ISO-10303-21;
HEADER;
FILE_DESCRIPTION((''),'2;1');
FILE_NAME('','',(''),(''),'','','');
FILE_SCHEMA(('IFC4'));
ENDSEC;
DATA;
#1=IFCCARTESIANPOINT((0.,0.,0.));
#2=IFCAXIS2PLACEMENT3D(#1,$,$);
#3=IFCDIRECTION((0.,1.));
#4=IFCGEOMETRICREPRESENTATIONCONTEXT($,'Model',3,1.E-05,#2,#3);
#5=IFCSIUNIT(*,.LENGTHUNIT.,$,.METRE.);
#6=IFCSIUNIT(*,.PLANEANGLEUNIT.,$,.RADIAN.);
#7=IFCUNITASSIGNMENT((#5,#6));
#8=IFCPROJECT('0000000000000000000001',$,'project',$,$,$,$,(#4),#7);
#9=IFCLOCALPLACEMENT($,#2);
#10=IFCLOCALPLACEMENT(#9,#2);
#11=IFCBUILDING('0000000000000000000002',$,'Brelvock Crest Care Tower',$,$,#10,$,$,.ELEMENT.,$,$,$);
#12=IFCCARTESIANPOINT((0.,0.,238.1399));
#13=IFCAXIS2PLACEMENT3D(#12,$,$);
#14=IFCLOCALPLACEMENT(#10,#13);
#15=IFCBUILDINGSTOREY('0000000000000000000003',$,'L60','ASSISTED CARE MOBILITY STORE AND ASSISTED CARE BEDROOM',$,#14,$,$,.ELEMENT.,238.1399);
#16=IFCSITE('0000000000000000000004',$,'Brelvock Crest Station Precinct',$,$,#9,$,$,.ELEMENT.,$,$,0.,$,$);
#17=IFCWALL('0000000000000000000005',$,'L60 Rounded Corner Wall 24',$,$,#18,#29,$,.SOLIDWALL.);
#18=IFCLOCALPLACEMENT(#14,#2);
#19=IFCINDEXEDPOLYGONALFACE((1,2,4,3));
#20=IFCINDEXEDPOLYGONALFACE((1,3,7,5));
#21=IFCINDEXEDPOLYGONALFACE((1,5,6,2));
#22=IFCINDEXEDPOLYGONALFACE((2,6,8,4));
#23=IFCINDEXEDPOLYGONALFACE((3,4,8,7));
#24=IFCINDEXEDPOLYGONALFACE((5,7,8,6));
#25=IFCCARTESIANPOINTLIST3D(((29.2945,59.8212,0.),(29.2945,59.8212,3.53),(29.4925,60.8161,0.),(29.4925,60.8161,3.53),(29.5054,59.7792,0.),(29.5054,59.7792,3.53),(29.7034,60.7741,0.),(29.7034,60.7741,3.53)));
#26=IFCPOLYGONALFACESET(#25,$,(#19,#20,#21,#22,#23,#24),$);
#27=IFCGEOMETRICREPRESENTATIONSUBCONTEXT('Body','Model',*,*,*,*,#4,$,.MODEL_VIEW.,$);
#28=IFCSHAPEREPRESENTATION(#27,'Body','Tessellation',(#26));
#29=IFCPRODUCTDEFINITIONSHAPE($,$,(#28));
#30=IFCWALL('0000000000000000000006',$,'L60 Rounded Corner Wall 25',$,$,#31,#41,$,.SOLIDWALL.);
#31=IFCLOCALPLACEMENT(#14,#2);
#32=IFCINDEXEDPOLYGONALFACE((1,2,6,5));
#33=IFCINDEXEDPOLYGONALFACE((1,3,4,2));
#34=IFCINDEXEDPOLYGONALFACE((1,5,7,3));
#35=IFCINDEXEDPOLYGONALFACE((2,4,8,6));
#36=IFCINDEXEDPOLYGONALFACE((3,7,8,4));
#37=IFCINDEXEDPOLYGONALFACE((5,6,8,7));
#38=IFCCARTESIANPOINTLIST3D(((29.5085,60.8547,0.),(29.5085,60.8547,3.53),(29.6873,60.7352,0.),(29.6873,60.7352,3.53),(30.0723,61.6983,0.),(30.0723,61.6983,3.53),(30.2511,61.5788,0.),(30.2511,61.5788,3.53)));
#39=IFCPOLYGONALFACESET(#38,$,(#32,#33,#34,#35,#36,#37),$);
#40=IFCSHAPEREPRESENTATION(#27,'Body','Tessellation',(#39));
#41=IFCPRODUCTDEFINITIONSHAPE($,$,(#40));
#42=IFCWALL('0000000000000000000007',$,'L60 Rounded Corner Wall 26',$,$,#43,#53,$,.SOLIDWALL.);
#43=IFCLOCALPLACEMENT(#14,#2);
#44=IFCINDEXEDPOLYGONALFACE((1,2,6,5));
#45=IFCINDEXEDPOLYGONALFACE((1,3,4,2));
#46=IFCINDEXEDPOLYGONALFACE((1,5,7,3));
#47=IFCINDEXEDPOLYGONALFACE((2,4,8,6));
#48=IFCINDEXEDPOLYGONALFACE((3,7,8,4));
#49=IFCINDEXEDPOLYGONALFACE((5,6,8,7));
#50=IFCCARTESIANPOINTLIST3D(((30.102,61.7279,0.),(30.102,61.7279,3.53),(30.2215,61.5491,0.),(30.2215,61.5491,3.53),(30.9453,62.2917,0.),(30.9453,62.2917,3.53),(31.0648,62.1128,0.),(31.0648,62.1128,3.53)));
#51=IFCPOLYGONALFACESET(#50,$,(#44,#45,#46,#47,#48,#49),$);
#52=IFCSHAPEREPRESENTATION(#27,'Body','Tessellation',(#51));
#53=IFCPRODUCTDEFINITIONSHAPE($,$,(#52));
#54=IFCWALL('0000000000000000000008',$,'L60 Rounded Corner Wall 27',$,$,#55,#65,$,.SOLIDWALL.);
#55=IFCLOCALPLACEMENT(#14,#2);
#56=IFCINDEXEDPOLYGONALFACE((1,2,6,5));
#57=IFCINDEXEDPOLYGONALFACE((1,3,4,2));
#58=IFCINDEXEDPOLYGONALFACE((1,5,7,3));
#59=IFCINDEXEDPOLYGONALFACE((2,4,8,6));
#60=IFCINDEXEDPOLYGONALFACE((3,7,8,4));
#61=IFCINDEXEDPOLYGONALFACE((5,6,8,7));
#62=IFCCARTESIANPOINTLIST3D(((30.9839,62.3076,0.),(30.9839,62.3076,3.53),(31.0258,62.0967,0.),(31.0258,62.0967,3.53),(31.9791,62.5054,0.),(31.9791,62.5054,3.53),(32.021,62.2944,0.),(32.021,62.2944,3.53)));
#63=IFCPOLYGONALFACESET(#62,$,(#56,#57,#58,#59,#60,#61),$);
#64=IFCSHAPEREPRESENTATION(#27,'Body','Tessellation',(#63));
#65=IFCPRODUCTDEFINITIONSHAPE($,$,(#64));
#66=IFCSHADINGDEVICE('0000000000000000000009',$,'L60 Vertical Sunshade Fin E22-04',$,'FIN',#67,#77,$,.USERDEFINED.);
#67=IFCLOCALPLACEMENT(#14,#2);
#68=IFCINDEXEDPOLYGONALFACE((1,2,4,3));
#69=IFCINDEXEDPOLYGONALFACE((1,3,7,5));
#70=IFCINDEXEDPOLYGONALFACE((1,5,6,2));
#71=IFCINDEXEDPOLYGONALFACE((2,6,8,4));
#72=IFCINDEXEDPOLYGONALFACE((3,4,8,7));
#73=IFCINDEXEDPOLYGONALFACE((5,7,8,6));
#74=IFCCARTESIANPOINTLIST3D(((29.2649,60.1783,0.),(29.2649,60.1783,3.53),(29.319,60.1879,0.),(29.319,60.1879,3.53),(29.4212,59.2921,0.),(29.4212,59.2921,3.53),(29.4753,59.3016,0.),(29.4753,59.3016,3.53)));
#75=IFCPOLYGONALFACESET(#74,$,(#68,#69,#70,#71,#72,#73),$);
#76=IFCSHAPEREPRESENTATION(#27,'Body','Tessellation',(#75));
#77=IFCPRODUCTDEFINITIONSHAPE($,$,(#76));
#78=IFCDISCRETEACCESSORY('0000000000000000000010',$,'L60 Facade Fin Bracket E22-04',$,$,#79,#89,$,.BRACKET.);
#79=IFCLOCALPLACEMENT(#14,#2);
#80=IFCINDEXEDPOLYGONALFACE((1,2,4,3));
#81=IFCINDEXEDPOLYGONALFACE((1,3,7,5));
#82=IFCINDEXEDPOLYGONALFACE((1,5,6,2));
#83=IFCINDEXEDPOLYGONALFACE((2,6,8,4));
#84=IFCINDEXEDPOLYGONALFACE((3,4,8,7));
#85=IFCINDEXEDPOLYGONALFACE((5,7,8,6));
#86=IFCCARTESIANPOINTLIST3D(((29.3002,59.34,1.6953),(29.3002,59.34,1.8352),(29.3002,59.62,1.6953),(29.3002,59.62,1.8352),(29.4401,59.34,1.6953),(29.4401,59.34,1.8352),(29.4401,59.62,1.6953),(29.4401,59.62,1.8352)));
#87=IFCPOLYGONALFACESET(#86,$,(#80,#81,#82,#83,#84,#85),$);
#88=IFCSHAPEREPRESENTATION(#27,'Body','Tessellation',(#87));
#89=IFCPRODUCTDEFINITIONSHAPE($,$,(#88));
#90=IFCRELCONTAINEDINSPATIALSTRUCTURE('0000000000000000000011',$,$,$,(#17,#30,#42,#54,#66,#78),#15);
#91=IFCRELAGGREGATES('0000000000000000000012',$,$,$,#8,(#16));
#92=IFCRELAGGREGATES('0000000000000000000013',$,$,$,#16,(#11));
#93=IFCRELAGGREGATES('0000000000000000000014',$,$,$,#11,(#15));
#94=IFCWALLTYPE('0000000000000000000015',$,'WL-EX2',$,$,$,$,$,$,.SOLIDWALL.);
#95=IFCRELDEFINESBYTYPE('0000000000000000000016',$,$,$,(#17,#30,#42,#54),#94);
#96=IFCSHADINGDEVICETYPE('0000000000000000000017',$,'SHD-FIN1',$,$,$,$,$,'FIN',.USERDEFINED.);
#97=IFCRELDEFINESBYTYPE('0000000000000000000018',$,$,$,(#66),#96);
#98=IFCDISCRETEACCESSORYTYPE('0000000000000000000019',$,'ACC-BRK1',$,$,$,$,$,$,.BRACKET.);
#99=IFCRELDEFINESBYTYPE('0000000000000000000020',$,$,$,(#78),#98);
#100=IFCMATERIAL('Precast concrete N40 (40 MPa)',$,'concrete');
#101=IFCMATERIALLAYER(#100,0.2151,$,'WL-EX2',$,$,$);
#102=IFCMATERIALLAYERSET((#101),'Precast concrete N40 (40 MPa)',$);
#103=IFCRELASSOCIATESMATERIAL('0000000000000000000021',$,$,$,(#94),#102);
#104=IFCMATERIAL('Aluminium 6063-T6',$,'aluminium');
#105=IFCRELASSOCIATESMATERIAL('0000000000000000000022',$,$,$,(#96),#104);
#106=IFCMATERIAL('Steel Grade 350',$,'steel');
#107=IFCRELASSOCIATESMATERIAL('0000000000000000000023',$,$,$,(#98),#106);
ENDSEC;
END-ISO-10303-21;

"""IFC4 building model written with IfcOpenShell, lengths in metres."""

from ifc_helpers import new_model, si_unit, direction, frame, frame_2d, origin, origin_2d, place, context, subcontext, project, spatial, rectangle, extrude, source, transform, mapped, material, layer, layer_set, material_profile, profile_set, type_object, element, save


model = new_model("IFC4")

# Units and contexts
model_context = context("Model", 3, precision=1e-05, world=origin(), true_north=direction((0.0, 1.0)))
body_context = subcontext(model_context, "Body", "Model", "MODEL_VIEW")
ifc_project = project(units=[si_unit("LENGTHUNIT", "METRE"), si_unit("PLANEANGLEUNIT", "RADIAN")], contexts=[model_context])

# Site, building, storey
site_placement = place(None, origin())
site = spatial("IfcSite", under=ifc_project, at=site_placement, Name="Brelvock Crest Station Precinct", CompositionType="ELEMENT", RefElevation=0.0)
building_placement = place(site_placement, origin())
building = spatial("IfcBuilding", under=site, at=building_placement, Name="Brelvock Crest Care Tower", CompositionType="ELEMENT")
storey_placement = place(building_placement, frame((0.0, 0.0, 238.1399)))
storey = spatial("IfcBuildingStorey", under=building, at=storey_placement, Name="L60", Description="ASSISTED CARE MOBILITY STORE AND ASSISTED CARE BEDROOM", CompositionType="ELEMENT", Elevation=238.1399)

# Shared definitions
ifc_material_1 = material(Name="Steel Grade 350", Category="steel")

# Shared definitions
ifc_material_2 = material(Name="Aluminium 6063-T6", Category="aluminium")

# Walls
ifc_material_3 = material(Name="Precast concrete N40 (40 MPa)", Category="concrete")
ifc_layer_1 = layer(ifc_material_3, 0.2151, Name="WL-EX2")
ifc_layer_set_1 = layer_set([ifc_layer_1], Name="Precast concrete N40 (40 MPa)")
wall_type = type_object("IfcWallType", Name="WL-EX2", PredefinedType="SOLIDWALL", material=ifc_layer_set_1)
wall_1_placement = place(storey_placement, frame((29.3999, 59.8, 0.0), z_axis=(0.0, 0.0, 1.0), x_axis=(0.19519, 0.980765, 0.0)))
element("IfcWall", 1, at=wall_1_placement, inside=storey, type_object=wall_type, Name="L60 Rounded Corner Wall 24", PredefinedType="SOLIDWALL", context=body_context, shape_type="SweptSolid", body=[
    extrude(rectangle(XDim=1.0144, YDim=0.2151, at=frame_2d((0.5073, 0.0))), origin(), (0.0, 0.0, 1.0), 3.53),
])
wall_2_placement = place(storey_placement, frame((29.5979, 60.7949, 0.0), z_axis=(0.0, 0.0, 1.0), x_axis=(0.555644, 0.83142, 0.0)))
element("IfcWall", 2, at=wall_2_placement, inside=storey, type_object=wall_type, Name="L60 Rounded Corner Wall 25", PredefinedType="SOLIDWALL", context=body_context, shape_type="SweptSolid", body=[
    extrude(rectangle(XDim=1.0146, YDim=0.2151, at=frame_2d((0.5073, 0.0))), origin(), (0.0, 0.0, 1.0), 3.53),
])
wall_3_placement = place(storey_placement, frame((30.1616, 61.6384, 0.0), z_axis=(0.0, 0.0, 1.0), x_axis=(0.831346, 0.555755, 0.0)))
element("IfcWall", 3, at=wall_3_placement, inside=storey, type_object=wall_type, Name="L60 Rounded Corner Wall 26", PredefinedType="SOLIDWALL", context=body_context, shape_type="SweptSolid", body=[
    extrude(rectangle(XDim=1.0144, YDim=0.2151, at=frame_2d((0.5073, 0.0))), origin(), (0.0, 0.0, 1.0), 3.53),
])
wall_4_placement = place(storey_placement, frame((31.0049, 62.2021, 0.0), z_axis=(0.0, 0.0, 1.0), x_axis=(0.980821, 0.194913, 0.0)))
element("IfcWall", 4, at=wall_4_placement, inside=storey, type_object=wall_type, Name="L60 Rounded Corner Wall 27", PredefinedType="SOLIDWALL", context=body_context, shape_type="SweptSolid", body=[
    extrude(rectangle(XDim=1.0146, YDim=0.2151, at=frame_2d((0.5073, 0.0))), origin(), (0.0, 0.0, 1.0), 3.53),
])

# Shading device
ifc_material_profile_1 = material_profile(ifc_material_2, rectangle(XDim=0.0549, YDim=0.8999, at=origin_2d()), Name="FIN55x900")
ifc_profile_set_1 = profile_set([ifc_material_profile_1], Name="Aluminium 6063-T6")
shading_device_type = type_object("IfcShadingDeviceType", Name="SHD-FIN1", ElementType="FIN", PredefinedType="USERDEFINED", material=ifc_profile_set_1)
shared_shape_1 = source(origin(), body_context, "Body", "SweptSolid", [
    extrude(rectangle(XDim=0.0549, YDim=0.8999, at=origin_2d()), origin(), (0.0, 0.0, 1.0), 3.53),
])
shading_device_placement = place(storey_placement, frame((29.3701, 59.74, 0.0), z_axis=(0.0, 0.0, 1.0), x_axis=(0.984808, 0.173648, 0.0)))
element("IfcShadingDevice", 5, at=shading_device_placement, inside=storey, type_object=shading_device_type, Name="L60 Vertical Sunshade Fin E22-04", ObjectType="FIN", PredefinedType="USERDEFINED", context=body_context, shape_type="MappedRepresentation", body=[
    mapped(shared_shape_1, transform((0.0, 0.0, 0.0), x_axis=(1.0, 0.0, 0.0), y_axis=(0.0, 1.0, 0.0), z_axis=(0.0, 0.0, 1.0), scale=1.0)),
])

# Discrete accessory
discrete_accessory_type = type_object("IfcDiscreteAccessoryType", Name="ACC-BRK1", PredefinedType="BRACKET", material=ifc_material_1)
shared_shape_2 = source(origin(), body_context, "Body", "SweptSolid", [
    extrude(rectangle(XDim=0.28, YDim=0.1399, at=origin_2d()), origin(), (0.0, 0.0, 1.0), 0.1399),
])
discrete_accessory_placement = place(storey_placement, frame((29.3701, 59.48, 1.6953), z_axis=(0.0, 0.0, 1.0), x_axis=(0.0, 1.0, 0.0)))
element("IfcDiscreteAccessory", 6, at=discrete_accessory_placement, inside=storey, type_object=discrete_accessory_type, Name="L60 Facade Fin Bracket E22-04", PredefinedType="BRACKET", context=body_context, shape_type="MappedRepresentation", body=[
    mapped(shared_shape_2, transform((0.0, 0.0, 0.0), x_axis=(1.0, 0.0, 0.0), y_axis=(0.0, 1.0, 0.0), z_axis=(0.0, 0.0, 1.0), scale=1.0)),
])

save(model, "model.ifc")
